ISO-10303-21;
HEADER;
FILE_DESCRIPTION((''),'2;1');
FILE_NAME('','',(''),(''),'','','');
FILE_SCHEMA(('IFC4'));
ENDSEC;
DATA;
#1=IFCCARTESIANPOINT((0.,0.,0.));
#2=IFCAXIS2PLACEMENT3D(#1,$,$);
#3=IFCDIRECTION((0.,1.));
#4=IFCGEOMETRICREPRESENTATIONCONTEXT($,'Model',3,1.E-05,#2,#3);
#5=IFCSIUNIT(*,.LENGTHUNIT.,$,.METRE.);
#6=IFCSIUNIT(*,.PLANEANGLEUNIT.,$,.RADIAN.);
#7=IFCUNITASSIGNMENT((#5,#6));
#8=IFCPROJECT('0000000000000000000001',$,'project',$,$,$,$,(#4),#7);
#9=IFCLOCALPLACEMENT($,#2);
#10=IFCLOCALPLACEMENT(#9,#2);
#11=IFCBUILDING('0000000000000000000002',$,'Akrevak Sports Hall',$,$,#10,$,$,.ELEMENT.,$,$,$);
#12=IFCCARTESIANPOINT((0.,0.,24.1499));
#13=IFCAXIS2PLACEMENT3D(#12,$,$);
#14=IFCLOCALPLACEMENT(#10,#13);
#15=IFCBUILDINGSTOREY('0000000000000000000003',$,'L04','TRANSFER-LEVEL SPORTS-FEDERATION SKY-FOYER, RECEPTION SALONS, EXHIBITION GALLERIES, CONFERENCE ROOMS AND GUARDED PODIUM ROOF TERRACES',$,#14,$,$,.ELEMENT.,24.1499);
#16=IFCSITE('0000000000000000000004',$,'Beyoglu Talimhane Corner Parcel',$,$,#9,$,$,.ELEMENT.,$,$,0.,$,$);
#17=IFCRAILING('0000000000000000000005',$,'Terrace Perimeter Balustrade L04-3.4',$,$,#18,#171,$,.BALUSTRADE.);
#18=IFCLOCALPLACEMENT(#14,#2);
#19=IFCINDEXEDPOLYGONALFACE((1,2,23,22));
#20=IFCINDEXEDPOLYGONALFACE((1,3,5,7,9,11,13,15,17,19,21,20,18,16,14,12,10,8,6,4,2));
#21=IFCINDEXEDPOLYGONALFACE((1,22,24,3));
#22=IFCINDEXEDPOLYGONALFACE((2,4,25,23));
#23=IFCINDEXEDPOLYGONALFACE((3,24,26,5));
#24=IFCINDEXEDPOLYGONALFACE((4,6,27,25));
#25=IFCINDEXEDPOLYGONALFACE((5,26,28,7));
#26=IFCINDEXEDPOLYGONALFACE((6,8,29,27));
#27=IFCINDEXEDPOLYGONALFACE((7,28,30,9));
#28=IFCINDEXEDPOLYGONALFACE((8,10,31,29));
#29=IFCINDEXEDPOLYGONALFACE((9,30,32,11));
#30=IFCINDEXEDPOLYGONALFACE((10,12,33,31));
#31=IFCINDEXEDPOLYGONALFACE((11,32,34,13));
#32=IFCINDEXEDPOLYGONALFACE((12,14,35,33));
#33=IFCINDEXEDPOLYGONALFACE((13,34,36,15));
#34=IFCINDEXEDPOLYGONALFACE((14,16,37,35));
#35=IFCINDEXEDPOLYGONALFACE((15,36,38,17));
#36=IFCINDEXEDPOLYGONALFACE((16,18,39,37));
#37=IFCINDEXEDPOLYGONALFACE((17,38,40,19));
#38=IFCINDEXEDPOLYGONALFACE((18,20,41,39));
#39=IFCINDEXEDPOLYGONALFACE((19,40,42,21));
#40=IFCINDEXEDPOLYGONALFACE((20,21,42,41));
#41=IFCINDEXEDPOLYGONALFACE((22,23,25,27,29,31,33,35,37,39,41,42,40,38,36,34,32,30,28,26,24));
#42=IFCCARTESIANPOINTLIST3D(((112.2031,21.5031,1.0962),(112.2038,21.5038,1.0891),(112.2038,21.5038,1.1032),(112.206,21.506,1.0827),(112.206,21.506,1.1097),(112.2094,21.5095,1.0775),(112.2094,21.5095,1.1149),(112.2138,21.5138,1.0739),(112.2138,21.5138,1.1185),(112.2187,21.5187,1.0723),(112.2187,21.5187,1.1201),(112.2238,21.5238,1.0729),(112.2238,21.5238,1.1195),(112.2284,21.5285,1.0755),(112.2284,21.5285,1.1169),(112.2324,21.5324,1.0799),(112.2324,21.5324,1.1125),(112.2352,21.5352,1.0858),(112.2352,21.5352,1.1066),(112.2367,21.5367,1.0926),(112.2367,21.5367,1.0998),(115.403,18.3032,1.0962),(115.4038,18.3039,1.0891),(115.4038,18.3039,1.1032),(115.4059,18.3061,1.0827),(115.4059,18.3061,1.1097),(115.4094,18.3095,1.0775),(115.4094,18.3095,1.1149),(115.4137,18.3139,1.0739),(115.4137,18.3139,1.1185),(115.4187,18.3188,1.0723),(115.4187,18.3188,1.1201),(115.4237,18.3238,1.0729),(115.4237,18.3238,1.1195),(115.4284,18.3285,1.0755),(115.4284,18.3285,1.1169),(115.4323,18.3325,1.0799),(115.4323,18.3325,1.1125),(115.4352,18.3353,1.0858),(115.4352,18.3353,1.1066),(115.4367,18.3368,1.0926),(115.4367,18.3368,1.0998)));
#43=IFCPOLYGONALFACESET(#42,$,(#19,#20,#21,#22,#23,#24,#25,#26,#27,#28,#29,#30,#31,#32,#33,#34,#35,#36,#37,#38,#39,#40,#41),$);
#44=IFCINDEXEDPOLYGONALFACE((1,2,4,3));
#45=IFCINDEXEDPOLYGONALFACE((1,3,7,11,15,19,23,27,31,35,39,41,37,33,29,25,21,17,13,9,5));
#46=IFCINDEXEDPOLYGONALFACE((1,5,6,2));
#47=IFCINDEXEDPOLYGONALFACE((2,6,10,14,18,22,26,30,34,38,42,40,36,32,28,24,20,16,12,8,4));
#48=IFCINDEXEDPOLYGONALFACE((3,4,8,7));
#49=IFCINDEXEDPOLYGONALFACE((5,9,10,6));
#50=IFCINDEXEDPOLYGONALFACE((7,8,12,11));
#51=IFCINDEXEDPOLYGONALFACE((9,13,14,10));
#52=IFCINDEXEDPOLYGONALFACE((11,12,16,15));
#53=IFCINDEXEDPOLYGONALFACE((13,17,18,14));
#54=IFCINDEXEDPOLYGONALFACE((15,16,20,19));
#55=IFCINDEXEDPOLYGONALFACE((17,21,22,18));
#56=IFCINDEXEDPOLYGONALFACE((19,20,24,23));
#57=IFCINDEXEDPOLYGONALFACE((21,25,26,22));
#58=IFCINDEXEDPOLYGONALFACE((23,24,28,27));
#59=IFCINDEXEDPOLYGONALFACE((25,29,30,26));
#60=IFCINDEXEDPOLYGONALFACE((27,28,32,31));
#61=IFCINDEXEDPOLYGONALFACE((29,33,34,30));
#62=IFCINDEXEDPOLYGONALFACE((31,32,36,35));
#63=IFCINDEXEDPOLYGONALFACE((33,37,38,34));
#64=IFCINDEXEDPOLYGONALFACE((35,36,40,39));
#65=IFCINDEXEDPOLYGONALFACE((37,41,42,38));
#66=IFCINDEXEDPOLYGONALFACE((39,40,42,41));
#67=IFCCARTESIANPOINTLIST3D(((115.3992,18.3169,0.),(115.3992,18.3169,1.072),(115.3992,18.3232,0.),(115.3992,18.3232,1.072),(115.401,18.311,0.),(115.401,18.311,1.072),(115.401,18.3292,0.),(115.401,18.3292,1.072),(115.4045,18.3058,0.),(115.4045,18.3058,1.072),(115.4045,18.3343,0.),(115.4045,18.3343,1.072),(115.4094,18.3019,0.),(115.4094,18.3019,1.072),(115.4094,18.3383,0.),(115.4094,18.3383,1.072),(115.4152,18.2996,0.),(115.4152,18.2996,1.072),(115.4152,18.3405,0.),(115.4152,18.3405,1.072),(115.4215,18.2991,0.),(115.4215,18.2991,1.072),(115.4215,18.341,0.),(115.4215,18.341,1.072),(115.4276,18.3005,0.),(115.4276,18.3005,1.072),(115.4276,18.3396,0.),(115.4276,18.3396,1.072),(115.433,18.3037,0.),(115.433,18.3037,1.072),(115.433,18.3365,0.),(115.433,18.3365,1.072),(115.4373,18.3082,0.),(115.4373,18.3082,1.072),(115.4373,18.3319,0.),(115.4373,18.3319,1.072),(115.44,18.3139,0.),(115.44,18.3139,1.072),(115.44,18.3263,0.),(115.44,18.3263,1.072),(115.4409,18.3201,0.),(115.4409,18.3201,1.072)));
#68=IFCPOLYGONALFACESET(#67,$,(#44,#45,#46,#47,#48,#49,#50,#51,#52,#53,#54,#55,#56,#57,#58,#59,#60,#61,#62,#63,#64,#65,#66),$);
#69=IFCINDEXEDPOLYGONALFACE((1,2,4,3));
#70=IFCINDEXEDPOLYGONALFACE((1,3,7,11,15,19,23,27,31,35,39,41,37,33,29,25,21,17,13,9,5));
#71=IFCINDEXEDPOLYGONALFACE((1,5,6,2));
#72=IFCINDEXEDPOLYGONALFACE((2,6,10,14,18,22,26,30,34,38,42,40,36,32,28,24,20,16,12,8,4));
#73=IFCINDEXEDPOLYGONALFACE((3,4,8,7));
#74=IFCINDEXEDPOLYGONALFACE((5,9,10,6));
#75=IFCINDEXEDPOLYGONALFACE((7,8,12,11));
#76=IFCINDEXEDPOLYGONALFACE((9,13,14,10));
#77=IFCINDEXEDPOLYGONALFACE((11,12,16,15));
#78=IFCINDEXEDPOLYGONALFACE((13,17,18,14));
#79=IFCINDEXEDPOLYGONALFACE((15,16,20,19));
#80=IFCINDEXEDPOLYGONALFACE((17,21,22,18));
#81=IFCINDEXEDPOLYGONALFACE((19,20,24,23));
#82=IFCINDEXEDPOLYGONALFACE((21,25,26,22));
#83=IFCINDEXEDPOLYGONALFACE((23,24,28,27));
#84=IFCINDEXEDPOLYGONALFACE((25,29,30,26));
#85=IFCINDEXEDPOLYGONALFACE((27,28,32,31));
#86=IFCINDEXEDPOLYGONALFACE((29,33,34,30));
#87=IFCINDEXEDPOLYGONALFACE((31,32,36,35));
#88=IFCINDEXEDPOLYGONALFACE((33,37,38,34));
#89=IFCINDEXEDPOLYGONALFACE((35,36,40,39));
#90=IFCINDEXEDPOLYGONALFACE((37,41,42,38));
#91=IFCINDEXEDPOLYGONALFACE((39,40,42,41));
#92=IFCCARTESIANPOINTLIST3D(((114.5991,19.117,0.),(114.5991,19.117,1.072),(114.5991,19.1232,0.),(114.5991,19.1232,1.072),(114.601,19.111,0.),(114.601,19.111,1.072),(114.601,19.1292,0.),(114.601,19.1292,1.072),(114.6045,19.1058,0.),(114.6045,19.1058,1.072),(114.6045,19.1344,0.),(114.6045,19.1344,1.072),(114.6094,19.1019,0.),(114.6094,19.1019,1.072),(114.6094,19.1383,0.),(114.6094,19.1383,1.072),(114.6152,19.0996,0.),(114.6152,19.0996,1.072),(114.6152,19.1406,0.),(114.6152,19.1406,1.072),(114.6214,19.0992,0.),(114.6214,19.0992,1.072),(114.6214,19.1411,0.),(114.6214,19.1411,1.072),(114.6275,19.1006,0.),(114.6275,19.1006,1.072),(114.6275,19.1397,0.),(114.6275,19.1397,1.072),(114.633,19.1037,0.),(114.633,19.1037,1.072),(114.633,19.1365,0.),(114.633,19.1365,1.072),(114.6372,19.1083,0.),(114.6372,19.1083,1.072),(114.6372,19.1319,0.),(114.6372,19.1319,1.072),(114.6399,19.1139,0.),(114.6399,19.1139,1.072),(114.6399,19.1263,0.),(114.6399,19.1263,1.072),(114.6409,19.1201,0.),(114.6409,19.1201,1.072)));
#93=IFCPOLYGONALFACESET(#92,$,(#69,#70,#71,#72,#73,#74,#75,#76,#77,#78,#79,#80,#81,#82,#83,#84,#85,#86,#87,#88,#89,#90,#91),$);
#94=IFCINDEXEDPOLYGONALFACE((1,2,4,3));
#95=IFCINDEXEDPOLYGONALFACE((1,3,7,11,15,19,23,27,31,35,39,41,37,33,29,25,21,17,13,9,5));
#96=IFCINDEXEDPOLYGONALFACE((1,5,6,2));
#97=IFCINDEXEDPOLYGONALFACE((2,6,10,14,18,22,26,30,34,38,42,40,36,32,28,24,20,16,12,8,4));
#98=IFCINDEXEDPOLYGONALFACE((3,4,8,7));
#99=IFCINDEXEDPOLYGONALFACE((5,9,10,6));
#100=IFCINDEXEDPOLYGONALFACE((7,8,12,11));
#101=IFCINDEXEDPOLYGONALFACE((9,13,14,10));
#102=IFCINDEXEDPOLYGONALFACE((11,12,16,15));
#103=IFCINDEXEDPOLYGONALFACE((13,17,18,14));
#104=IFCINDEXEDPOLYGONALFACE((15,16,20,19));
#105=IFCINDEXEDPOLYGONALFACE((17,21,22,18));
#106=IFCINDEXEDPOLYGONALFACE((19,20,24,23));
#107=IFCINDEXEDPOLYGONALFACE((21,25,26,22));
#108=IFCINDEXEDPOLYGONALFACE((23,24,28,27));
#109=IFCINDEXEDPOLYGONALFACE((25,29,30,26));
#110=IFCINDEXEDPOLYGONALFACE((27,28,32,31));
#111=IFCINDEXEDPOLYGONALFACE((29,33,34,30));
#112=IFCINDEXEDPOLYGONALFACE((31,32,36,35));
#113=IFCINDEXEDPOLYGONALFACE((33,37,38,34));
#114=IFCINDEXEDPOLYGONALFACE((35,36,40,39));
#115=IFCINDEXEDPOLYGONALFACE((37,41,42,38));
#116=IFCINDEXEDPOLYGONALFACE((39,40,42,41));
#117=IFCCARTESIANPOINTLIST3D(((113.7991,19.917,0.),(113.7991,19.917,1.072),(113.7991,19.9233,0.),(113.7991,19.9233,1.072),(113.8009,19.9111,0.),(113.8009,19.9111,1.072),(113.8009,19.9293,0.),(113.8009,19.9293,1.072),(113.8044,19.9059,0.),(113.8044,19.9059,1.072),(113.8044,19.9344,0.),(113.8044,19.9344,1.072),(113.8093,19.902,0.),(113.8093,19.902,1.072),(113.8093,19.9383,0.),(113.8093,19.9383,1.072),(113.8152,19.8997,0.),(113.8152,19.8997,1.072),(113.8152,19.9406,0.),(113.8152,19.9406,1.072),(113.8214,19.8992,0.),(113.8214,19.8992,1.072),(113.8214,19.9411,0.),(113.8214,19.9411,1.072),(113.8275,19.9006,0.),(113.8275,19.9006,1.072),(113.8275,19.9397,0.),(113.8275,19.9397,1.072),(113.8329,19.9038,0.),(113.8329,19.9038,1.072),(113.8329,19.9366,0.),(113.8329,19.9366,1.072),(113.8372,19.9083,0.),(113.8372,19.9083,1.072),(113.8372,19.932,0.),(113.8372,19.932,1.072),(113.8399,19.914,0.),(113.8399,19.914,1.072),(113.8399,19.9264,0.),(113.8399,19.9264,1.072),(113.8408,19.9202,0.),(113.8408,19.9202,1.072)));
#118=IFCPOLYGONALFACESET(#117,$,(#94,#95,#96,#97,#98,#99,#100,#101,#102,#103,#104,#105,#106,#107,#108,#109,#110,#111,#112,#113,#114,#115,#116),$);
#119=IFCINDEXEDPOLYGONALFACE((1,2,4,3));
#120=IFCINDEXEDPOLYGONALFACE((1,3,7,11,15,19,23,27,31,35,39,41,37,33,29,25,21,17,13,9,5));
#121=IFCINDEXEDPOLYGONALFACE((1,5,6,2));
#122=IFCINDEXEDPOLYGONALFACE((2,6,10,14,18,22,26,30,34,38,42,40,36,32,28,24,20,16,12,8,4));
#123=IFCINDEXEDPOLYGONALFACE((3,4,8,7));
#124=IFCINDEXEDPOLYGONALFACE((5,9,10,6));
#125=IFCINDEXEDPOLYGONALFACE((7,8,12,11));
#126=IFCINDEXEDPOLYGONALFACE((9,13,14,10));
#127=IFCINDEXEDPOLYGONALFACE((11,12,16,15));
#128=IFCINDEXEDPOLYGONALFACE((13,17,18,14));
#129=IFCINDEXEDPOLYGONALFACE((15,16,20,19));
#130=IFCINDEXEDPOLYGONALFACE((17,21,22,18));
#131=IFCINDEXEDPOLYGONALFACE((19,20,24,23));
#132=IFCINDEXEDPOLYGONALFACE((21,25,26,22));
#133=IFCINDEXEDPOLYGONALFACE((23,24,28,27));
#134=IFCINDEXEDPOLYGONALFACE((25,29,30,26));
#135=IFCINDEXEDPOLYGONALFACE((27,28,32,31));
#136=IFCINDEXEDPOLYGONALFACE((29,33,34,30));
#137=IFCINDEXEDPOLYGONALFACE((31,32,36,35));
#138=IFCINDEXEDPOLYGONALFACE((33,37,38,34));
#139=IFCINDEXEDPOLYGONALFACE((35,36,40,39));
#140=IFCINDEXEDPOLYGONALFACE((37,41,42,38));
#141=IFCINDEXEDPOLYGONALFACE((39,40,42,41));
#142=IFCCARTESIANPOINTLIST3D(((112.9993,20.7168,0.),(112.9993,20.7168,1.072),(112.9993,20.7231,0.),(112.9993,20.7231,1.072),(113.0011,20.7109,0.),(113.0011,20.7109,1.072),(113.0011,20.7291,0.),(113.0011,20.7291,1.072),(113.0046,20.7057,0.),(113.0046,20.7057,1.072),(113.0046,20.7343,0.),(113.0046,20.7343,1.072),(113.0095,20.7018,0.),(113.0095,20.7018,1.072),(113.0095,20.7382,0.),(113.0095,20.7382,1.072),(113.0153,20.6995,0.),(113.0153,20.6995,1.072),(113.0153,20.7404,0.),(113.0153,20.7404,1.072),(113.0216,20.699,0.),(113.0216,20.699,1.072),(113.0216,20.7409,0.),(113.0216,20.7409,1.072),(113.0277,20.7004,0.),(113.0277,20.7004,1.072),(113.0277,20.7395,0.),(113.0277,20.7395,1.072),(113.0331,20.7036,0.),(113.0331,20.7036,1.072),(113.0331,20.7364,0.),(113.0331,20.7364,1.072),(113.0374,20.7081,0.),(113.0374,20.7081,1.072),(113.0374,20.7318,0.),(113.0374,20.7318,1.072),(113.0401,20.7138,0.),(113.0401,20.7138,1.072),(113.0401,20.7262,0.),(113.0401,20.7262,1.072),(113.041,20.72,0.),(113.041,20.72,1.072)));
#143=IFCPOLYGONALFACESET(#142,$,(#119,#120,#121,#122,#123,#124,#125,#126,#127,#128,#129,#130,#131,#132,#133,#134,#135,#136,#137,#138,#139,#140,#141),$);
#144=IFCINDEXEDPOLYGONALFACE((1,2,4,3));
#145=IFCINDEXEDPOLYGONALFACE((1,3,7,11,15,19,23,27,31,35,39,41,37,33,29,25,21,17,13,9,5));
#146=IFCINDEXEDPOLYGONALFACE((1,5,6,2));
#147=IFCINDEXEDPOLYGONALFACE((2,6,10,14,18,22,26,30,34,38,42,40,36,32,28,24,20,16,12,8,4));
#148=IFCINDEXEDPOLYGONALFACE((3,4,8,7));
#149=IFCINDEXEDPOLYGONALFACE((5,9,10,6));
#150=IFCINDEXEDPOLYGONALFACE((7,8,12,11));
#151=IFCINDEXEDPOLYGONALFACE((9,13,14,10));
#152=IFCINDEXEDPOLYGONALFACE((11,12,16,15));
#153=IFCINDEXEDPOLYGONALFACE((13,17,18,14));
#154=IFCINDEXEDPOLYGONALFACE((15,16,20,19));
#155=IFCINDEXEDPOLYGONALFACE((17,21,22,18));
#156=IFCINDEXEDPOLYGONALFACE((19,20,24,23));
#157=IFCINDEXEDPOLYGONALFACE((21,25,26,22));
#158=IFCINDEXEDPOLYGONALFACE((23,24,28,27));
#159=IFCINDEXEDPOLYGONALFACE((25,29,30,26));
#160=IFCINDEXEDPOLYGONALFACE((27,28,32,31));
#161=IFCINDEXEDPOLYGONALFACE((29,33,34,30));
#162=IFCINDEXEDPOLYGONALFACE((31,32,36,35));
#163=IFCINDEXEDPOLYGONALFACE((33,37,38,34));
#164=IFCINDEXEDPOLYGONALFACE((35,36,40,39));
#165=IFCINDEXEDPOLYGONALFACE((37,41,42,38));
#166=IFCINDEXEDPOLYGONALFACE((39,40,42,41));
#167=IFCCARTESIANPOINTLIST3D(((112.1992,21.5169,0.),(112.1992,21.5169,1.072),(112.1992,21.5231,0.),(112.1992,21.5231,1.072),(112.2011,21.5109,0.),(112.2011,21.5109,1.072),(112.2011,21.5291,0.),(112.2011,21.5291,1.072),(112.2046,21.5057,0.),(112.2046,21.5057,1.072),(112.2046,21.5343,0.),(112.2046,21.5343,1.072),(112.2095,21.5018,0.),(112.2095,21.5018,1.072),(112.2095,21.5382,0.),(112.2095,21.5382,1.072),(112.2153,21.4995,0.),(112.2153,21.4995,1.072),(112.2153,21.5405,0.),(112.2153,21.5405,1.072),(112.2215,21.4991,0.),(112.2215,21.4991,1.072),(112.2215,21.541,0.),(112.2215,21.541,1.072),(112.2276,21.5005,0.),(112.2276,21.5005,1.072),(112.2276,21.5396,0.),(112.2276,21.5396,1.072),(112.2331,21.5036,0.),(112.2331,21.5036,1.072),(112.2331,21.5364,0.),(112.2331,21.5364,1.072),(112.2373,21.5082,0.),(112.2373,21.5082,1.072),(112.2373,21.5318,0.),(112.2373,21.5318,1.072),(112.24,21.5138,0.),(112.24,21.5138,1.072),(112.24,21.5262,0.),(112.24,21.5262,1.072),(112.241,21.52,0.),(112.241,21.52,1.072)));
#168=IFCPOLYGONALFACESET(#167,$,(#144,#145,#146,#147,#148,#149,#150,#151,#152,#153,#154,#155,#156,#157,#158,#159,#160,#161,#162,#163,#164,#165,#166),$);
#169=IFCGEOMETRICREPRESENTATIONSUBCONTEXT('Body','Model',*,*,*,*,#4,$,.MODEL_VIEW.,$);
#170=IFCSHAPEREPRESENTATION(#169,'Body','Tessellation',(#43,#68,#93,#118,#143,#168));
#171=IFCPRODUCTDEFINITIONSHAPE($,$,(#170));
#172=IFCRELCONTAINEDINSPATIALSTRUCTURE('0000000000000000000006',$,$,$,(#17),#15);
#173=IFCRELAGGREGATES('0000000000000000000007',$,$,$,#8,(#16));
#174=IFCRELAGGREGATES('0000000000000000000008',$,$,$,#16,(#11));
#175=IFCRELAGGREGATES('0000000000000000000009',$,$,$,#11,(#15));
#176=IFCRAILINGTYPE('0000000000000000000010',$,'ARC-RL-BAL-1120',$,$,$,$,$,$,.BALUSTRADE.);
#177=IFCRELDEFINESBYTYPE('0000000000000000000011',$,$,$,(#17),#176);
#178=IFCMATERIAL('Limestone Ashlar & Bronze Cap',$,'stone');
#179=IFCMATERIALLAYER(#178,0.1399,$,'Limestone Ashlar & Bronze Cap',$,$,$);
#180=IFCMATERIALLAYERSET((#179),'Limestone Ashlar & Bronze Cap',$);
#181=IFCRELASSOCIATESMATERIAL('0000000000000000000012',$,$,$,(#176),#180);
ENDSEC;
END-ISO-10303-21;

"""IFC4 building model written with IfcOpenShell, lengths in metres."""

from ifc_helpers import new_model, si_unit, direction, frame, origin, origin_2d, place, context, subcontext, project, spatial, circle, extrude, material, layer, layer_set, type_object, element, save


model = new_model("IFC4")

# Units and contexts
model_context = context("Model", 3, precision=1e-05, world=origin(), true_north=direction((0.0, 1.0)))
body_context = subcontext(model_context, "Body", "Model", "MODEL_VIEW")
ifc_project = project(units=[si_unit("LENGTHUNIT", "METRE"), si_unit("PLANEANGLEUNIT", "RADIAN")], contexts=[model_context])

# Site, building, storey
site_placement = place(None, origin())
site = spatial("IfcSite", under=ifc_project, at=site_placement, Name="Beyoglu Talimhane Corner Parcel", CompositionType="ELEMENT", RefElevation=0.0)
building_placement = place(site_placement, origin())
building = spatial("IfcBuilding", under=site, at=building_placement, Name="Akrevak Sports Hall", CompositionType="ELEMENT")
storey_placement = place(building_placement, frame((0.0, 0.0, 24.1499)))
storey = spatial("IfcBuildingStorey", under=building, at=storey_placement, Name="L04", Description="TRANSFER-LEVEL SPORTS-FEDERATION SKY-FOYER, RECEPTION SALONS, EXHIBITION GALLERIES, CONFERENCE ROOMS AND GUARDED PODIUM ROOF TERRACES", CompositionType="ELEMENT", Elevation=24.1499)

# Railing
ifc_material_1 = material(Name="Limestone Ashlar & Bronze Cap", Category="stone")
ifc_layer_1 = layer(ifc_material_1, 0.1399, Name="Limestone Ashlar & Bronze Cap")
ifc_layer_set_1 = layer_set([ifc_layer_1], Name="Limestone Ashlar & Bronze Cap")
railing_type = type_object("IfcRailingType", Name="ARC-RL-BAL-1120", PredefinedType="BALUSTRADE", material=ifc_layer_set_1)
railing_1_placement = place(storey_placement, frame((115.4199, 18.3201, 0.0)))
element("IfcRailing", 1, at=railing_1_placement, inside=storey, type_object=railing_type, Name="Terrace Perimeter Balustrade L04-3.4", PredefinedType="BALUSTRADE", context=body_context, shape_type="SweptSolid", body=[
    extrude(circle(Radius=0.0239, at=origin_2d()), frame((0.0, 0.0, 1.0962), z_axis=(-0.707107, 0.707107, 0.0), x_axis=(-0.707107, -0.707107, 0.0)), (0.0, 0.0, 1.0), 4.5254),
    extrude(circle(Radius=0.021, at=origin_2d()), origin(), (0.0, 0.0, 1.0), 1.072),
    extrude(circle(Radius=0.021, at=origin_2d()), frame((-0.8, 0.8, 0.0)), (0.0, 0.0, 1.0), 1.072),
    extrude(circle(Radius=0.021, at=origin_2d()), frame((-1.6001, 1.6001, 0.0)), (0.0, 0.0, 1.0), 1.072),
    extrude(circle(Radius=0.021, at=origin_2d()), frame((-2.3999, 2.3999, 0.0)), (0.0, 0.0, 1.0), 1.072),
    extrude(circle(Radius=0.021, at=origin_2d()), frame((-3.2, 3.2, 0.0)), (0.0, 0.0, 1.0), 1.072),
])

save(model, "model.ifc")
